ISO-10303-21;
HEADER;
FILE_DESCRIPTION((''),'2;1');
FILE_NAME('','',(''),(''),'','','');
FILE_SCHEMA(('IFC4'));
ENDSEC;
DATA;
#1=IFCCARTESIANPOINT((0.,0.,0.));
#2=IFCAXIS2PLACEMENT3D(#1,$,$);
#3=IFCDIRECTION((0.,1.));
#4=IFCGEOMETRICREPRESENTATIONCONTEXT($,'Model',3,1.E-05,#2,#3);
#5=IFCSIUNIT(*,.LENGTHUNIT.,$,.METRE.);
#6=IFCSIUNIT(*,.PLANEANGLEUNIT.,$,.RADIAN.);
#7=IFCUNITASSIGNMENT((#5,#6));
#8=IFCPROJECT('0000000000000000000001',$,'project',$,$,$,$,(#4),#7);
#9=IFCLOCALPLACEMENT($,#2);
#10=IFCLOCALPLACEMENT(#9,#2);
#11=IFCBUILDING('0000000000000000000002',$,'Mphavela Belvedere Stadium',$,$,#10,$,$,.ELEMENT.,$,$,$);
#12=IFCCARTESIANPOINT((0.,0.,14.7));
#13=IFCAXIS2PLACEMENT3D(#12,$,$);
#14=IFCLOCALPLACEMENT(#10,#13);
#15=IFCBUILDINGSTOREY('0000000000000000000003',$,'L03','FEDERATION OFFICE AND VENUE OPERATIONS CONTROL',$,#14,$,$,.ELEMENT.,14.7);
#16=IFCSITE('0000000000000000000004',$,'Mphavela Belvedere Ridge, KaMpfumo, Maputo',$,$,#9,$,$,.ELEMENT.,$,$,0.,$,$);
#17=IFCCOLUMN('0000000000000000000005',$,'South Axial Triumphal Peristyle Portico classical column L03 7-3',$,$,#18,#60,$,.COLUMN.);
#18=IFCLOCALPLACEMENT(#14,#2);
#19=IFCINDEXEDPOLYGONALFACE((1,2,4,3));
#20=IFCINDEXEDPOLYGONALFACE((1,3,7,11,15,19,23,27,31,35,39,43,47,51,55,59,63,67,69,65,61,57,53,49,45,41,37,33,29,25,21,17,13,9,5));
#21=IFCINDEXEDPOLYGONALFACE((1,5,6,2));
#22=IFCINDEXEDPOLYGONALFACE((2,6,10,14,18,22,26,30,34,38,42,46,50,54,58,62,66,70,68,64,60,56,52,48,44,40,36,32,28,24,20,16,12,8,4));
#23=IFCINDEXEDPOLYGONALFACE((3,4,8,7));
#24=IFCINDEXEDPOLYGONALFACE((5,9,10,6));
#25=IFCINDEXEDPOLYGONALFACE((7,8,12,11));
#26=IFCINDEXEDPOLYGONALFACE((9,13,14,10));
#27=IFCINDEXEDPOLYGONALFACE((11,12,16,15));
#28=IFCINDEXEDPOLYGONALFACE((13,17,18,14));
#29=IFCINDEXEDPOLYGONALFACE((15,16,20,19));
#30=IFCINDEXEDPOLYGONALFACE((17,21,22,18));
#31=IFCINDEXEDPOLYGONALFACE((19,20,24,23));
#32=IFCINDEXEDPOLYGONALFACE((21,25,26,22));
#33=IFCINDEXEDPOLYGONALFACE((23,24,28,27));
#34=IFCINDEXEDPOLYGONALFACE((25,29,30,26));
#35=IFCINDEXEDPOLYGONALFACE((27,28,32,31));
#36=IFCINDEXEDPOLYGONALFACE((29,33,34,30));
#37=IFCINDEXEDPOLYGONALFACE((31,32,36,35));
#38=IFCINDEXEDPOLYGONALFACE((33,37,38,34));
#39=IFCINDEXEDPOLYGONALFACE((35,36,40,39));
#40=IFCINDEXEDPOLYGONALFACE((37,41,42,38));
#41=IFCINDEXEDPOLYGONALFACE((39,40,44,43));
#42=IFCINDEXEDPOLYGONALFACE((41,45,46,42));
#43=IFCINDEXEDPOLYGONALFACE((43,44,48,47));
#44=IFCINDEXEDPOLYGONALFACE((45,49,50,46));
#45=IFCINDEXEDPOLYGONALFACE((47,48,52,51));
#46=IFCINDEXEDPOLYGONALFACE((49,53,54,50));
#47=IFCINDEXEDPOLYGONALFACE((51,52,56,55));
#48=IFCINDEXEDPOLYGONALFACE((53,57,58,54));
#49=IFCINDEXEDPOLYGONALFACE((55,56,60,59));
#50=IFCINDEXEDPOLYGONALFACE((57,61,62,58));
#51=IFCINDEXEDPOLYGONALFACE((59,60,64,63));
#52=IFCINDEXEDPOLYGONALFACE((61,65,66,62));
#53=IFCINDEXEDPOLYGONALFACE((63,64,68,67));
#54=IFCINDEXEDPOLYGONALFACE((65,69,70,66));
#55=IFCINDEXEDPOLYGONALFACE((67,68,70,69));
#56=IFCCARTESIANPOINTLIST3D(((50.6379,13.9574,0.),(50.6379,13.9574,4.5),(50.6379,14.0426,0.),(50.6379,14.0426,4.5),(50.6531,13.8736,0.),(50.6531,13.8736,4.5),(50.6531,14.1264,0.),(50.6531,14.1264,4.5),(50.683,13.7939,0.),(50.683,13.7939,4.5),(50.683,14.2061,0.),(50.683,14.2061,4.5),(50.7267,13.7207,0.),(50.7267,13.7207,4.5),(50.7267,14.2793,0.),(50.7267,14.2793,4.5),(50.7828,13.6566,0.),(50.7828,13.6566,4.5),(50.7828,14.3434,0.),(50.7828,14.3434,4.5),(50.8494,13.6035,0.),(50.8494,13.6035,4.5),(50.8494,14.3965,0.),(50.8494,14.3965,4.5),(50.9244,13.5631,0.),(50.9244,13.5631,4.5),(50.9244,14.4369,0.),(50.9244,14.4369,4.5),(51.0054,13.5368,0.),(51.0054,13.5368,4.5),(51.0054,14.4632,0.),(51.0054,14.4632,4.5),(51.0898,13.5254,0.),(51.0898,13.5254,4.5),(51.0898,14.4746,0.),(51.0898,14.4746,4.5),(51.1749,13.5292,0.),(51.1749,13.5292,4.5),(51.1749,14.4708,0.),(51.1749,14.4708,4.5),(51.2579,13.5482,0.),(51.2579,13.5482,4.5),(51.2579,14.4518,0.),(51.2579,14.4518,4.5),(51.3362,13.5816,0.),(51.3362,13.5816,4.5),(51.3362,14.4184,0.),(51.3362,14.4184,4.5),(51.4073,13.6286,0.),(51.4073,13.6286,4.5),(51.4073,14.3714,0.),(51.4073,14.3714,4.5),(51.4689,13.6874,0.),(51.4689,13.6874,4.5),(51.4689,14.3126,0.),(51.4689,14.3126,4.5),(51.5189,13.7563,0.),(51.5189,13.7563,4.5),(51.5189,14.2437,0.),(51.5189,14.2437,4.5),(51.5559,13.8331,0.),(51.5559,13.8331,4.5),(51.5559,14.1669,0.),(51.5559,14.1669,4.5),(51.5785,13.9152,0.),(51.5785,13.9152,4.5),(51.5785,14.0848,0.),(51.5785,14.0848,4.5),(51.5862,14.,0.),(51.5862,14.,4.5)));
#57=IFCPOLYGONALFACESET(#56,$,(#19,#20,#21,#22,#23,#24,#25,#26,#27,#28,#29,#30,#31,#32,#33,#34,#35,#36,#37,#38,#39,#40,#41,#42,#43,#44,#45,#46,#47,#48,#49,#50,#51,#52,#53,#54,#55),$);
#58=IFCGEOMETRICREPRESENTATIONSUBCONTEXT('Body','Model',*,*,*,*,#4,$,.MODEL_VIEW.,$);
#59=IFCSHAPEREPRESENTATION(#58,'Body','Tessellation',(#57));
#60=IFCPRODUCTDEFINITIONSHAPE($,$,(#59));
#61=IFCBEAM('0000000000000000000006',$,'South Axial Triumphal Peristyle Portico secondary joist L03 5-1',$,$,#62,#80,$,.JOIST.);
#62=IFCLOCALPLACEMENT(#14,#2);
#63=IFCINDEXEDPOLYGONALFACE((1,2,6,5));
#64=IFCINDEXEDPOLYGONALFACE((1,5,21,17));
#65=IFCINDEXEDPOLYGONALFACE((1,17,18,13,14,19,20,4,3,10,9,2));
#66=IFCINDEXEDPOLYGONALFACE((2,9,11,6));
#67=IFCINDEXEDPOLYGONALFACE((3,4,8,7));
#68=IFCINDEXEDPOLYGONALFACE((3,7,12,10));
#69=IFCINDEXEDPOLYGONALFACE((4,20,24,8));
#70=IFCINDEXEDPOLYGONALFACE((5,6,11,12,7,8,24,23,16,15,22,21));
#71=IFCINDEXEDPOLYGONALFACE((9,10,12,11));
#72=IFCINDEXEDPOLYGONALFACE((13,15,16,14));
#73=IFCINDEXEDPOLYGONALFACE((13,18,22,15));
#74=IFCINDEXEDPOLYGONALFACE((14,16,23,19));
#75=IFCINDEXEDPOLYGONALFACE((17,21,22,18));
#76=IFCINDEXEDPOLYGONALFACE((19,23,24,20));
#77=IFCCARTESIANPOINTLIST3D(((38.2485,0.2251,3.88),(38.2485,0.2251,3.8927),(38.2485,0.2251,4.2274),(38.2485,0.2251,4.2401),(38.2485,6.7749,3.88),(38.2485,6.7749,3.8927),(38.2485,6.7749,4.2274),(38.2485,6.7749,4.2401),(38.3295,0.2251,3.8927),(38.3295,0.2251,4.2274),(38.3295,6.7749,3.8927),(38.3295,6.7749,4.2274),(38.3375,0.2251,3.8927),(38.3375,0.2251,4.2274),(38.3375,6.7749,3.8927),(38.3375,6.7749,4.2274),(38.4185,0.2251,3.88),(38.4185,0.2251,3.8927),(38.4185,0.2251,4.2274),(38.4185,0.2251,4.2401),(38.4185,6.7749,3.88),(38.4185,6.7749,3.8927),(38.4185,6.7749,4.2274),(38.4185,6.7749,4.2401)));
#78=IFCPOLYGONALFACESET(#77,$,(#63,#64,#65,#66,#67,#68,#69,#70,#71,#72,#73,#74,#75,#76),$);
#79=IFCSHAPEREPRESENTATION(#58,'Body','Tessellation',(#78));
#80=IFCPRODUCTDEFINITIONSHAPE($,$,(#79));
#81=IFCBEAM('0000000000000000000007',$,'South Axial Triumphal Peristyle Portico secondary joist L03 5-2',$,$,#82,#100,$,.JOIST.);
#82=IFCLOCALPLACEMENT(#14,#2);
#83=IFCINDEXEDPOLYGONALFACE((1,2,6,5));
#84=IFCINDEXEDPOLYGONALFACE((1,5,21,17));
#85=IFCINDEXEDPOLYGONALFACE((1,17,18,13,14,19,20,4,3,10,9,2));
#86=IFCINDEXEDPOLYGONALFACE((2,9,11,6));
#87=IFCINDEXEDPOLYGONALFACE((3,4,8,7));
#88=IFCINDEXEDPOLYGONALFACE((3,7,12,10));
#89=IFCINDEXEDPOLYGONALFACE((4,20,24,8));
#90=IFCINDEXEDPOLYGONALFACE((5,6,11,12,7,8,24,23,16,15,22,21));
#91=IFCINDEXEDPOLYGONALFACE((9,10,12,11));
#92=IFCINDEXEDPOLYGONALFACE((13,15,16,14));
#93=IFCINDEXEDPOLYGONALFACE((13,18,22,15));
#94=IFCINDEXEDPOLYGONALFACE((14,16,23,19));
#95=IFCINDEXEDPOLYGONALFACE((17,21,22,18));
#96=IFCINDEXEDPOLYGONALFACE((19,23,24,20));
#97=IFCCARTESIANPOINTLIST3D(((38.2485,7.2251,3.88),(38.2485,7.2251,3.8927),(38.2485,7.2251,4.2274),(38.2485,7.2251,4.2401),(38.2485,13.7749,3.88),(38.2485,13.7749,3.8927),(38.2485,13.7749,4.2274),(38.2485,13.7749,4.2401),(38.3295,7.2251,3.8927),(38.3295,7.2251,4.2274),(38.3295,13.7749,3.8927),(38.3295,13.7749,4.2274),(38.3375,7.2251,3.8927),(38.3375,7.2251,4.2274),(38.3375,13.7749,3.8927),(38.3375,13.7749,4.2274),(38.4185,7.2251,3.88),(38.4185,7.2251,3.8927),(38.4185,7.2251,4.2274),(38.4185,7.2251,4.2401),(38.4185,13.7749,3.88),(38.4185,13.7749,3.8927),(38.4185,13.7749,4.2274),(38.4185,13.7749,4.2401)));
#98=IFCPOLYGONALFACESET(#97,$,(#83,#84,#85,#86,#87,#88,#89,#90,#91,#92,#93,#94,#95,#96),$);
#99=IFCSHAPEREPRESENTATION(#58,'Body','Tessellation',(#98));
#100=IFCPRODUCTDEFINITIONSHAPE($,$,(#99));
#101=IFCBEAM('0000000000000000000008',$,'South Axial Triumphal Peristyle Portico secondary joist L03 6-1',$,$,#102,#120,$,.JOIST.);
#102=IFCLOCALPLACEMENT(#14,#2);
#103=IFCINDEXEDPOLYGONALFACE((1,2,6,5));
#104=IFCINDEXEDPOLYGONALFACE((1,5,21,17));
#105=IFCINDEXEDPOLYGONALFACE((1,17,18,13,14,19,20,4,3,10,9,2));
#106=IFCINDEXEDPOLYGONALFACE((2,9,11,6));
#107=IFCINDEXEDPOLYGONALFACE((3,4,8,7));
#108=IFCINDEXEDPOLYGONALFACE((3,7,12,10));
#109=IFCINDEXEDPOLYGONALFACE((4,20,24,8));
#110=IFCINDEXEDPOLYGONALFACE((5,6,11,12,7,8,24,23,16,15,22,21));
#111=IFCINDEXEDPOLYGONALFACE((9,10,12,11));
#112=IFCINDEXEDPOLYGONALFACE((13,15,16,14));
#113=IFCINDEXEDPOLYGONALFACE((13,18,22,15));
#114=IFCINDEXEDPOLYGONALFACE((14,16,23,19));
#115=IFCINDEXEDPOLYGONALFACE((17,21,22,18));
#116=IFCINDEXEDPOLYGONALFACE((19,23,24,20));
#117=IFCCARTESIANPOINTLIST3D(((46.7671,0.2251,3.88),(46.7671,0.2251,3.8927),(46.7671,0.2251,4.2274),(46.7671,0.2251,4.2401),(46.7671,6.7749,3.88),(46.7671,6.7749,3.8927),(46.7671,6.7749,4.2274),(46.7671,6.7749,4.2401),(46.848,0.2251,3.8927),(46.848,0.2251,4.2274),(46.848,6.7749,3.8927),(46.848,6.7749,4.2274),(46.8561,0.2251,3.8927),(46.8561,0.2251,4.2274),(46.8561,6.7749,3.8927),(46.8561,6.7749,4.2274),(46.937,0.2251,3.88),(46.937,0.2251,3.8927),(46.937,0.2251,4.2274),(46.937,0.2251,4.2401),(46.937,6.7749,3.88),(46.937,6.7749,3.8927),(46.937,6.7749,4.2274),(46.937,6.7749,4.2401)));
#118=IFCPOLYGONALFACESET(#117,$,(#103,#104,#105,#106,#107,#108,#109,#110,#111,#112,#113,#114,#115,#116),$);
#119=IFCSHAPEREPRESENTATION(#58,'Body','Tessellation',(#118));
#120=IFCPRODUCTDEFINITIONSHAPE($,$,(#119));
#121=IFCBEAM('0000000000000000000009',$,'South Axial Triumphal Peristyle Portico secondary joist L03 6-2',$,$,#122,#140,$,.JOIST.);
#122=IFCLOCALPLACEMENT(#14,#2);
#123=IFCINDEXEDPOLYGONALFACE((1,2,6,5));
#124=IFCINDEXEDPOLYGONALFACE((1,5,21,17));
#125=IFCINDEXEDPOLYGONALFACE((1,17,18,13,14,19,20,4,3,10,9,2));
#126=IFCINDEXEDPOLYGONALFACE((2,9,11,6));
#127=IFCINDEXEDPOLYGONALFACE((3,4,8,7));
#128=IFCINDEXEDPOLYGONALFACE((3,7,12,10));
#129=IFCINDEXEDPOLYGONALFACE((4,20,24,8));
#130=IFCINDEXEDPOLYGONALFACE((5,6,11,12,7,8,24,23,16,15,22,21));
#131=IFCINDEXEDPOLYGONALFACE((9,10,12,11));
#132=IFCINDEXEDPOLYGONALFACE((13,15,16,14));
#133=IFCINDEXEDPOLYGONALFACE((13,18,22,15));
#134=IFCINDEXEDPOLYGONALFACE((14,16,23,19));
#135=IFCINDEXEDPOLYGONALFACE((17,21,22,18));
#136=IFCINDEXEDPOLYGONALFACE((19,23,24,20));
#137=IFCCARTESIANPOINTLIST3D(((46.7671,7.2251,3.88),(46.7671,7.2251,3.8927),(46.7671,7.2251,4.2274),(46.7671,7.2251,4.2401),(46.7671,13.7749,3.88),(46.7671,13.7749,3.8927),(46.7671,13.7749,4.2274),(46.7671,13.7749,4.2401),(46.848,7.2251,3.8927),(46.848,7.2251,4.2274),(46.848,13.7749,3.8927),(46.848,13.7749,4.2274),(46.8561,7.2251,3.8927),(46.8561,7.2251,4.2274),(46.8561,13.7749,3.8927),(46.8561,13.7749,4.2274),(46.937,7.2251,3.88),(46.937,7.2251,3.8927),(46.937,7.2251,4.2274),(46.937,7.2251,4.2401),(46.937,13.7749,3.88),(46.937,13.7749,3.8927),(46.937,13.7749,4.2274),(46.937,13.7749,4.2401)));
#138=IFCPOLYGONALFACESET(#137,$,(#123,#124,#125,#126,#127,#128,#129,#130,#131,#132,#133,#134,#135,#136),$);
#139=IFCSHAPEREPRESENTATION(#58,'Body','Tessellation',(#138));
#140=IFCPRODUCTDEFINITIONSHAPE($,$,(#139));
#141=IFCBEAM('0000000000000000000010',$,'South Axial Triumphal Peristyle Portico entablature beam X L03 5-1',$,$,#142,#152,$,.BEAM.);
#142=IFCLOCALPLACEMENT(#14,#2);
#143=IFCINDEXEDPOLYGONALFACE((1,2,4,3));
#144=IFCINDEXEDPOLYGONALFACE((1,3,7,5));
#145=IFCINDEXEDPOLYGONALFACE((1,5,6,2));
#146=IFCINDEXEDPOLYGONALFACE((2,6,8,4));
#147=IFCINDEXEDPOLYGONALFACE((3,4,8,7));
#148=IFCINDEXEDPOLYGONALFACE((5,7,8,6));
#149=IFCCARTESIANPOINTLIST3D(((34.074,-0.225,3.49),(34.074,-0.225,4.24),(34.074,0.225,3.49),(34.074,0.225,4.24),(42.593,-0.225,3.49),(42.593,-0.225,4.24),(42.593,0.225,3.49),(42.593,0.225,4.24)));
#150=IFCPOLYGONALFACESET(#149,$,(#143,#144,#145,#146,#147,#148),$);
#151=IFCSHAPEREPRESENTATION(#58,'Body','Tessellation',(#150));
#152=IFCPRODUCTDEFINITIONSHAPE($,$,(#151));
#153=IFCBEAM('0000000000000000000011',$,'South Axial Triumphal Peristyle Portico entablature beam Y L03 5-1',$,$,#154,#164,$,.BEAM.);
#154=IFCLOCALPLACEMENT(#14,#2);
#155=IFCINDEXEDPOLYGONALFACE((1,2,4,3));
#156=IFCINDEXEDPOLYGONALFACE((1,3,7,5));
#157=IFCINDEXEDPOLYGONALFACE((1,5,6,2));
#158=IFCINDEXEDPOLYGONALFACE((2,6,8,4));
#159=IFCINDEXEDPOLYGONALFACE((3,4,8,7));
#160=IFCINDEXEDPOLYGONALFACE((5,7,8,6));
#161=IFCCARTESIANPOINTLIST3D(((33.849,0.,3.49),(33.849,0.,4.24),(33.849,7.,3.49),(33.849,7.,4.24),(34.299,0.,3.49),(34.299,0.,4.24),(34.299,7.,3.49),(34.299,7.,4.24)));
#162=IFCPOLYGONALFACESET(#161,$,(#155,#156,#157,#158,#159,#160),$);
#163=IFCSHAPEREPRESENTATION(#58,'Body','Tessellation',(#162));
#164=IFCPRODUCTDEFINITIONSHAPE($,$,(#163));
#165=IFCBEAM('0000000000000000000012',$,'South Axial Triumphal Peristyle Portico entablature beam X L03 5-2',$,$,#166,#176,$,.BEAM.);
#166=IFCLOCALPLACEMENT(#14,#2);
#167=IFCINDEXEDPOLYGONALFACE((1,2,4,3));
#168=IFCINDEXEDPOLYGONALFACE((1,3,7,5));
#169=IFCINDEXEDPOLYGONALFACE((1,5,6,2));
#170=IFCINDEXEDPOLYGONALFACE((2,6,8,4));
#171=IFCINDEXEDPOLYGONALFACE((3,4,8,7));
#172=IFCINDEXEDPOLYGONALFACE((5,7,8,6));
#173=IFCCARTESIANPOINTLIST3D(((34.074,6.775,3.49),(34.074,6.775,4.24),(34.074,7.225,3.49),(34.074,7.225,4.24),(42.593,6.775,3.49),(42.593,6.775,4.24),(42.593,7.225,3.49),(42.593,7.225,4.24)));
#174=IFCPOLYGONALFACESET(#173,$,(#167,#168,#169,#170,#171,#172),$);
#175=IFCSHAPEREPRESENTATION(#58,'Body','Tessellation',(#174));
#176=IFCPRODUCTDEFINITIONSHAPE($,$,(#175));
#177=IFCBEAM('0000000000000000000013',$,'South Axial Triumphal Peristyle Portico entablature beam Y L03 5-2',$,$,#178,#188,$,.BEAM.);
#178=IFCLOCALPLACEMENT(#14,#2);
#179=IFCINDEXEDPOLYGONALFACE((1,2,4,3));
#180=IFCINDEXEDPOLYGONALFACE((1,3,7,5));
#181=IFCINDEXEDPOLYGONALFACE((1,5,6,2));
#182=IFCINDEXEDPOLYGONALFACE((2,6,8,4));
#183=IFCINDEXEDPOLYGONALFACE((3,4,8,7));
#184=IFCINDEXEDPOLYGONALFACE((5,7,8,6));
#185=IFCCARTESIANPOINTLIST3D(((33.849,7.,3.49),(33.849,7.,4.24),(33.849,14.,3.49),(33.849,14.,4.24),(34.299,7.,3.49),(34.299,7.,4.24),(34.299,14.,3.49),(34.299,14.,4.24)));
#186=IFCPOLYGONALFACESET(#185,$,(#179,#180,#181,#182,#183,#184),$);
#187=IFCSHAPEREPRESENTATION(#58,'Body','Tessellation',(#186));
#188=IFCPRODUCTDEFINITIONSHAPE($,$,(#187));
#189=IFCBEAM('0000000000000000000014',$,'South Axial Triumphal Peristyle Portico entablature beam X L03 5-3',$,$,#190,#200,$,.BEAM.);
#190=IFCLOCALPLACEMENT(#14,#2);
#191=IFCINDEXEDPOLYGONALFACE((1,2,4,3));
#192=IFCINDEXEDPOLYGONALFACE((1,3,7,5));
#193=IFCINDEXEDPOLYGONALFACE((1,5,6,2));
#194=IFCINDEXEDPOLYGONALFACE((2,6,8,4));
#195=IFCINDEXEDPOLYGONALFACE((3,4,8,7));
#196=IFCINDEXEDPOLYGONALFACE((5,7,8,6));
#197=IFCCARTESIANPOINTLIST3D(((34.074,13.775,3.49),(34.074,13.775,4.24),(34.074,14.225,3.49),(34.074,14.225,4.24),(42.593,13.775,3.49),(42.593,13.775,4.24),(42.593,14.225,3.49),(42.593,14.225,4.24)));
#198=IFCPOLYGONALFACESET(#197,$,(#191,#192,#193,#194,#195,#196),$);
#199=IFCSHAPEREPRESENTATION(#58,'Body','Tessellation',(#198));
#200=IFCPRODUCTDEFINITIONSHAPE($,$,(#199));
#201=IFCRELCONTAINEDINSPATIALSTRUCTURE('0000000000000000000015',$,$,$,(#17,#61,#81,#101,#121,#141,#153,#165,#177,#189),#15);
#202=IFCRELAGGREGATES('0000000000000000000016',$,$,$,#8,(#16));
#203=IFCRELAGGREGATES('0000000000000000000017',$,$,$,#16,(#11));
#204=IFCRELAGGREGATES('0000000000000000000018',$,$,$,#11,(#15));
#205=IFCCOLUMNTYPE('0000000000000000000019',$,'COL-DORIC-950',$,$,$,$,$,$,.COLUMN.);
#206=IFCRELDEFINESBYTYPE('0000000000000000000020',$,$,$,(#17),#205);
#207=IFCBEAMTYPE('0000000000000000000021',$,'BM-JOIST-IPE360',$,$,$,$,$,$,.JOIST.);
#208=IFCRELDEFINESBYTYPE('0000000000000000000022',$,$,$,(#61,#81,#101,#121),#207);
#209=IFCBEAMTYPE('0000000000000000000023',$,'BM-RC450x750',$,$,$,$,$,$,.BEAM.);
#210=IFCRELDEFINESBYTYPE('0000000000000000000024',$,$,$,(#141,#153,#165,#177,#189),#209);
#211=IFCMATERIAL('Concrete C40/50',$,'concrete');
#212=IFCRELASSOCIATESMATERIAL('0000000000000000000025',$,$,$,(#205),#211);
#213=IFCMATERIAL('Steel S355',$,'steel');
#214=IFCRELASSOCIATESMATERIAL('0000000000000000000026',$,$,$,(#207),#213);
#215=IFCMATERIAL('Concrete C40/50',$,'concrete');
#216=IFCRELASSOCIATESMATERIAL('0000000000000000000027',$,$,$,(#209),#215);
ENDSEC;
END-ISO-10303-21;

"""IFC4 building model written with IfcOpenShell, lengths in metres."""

from ifc_helpers import new_model, si_unit, direction, frame, origin, origin_2d, place, context, subcontext, project, spatial, rectangle, circle, i_section, extrude, material, material_profile, profile_set, type_object, element, save


model = new_model("IFC4")

# Units and contexts
model_context = context("Model", 3, precision=1e-05, world=origin(), true_north=direction((0.0, 1.0)))
body_context = subcontext(model_context, "Body", "Model", "MODEL_VIEW")
ifc_project = project(units=[si_unit("LENGTHUNIT", "METRE"), si_unit("PLANEANGLEUNIT", "RADIAN")], contexts=[model_context])

# Site, building, storey
site_placement = place(None, origin())
site = spatial("IfcSite", under=ifc_project, at=site_placement, Name="Mphavela Belvedere Ridge, KaMpfumo, Maputo", CompositionType="ELEMENT", RefElevation=0.0)
building_placement = place(site_placement, origin())
building = spatial("IfcBuilding", under=site, at=building_placement, Name="Mphavela Belvedere Stadium", CompositionType="ELEMENT")
storey_placement = place(building_placement, frame((0.0, 0.0, 14.7)))
storey = spatial("IfcBuildingStorey", under=building, at=storey_placement, Name="L03", Description="FEDERATION OFFICE AND VENUE OPERATIONS CONTROL", CompositionType="ELEMENT", Elevation=14.7)

# Column
ifc_material_1 = material(Name="Concrete C40/50", Category="concrete")
ifc_material_profile_1 = material_profile(ifc_material_1, circle(Radius=0.4751, at=origin_2d()), Name="COL D950")
ifc_profile_set_1 = profile_set([ifc_material_profile_1], Name="Concrete C40/50")
column_type = type_object("IfcColumnType", Name="COL-DORIC-950", PredefinedType="COLUMN", material=ifc_profile_set_1)
for number, where, z_axis, x_axis, name in (
    (1, (51.1111, 14.0, 0.0), (0.0, 0.0, 1.0), (1.0, 0.0, 0.0), "South Axial Triumphal Peristyle Portico classical column L03 7-3"),
):
    element("IfcColumn", number, at=place(storey_placement, frame(where, z_axis=z_axis, x_axis=x_axis)), inside=storey, type_object=column_type, Name=name, PredefinedType="COLUMN", context=body_context, shape_type="SweptSolid", body=[
        extrude(circle(Radius=0.4751, at=origin_2d()), origin(), (0.0, 0.0, 1.0), 4.5),
    ])

# Beams
ifc_material_2 = material(Name="Steel S355", Category="steel")
ifc_material_profile_2 = material_profile(ifc_material_2, i_section(OverallWidth=0.1699, OverallDepth=0.3601, WebThickness=0.0081, FlangeThickness=0.0127, at=origin_2d()), Name="IPE 360")
ifc_profile_set_2 = profile_set([ifc_material_profile_2], Name="Steel S355")
beam_type_1 = type_object("IfcBeamType", Name="BM-JOIST-IPE360", PredefinedType="JOIST", material=ifc_profile_set_2)
for number, where, z_axis, x_axis, name in (
    (2, (38.3335, 0.2251, 4.0601), (0.0, 1.0, 0.0), (-1.0, 0.0, 0.0), "South Axial Triumphal Peristyle Portico secondary joist L03 5-1"),
    (3, (38.3335, 7.2251, 4.0601), (0.0, 1.0, 0.0), (-1.0, 0.0, 0.0), "South Axial Triumphal Peristyle Portico secondary joist L03 5-2"),
    (4, (46.8521, 0.2251, 4.0601), (0.0, 1.0, 0.0), (-1.0, 0.0, 0.0), "South Axial Triumphal Peristyle Portico secondary joist L03 6-1"),
    (5, (46.8521, 7.2251, 4.0601), (0.0, 1.0, 0.0), (-1.0, 0.0, 0.0), "South Axial Triumphal Peristyle Portico secondary joist L03 6-2"),
):
    element("IfcBeam", number, at=place(storey_placement, frame(where, z_axis=z_axis, x_axis=x_axis)), inside=storey, type_object=beam_type_1, Name=name, PredefinedType="JOIST", context=body_context, shape_type="SweptSolid", body=[
        extrude(i_section(OverallWidth=0.1699, OverallDepth=0.3601, WebThickness=0.0081, FlangeThickness=0.0127, at=origin_2d()), origin(), (0.0, 0.0, 1.0), 6.5498),
    ])
ifc_material_3 = material(Name="Concrete C40/50", Category="concrete")
ifc_material_profile_3 = material_profile(ifc_material_3, rectangle(XDim=0.45, YDim=0.75, at=origin_2d()), Name="RC 450x750")
ifc_profile_set_3 = profile_set([ifc_material_profile_3], Name="Concrete C40/50")
beam_type_2 = type_object("IfcBeamType", Name="BM-RC450x750", PredefinedType="BEAM", material=ifc_profile_set_3)
beam_1_placement = place(storey_placement, frame((34.074, 0.0, 3.865), z_axis=(1.0, 0.0, 0.0), x_axis=(0.0, 1.0, 0.0)))
element("IfcBeam", 6, at=beam_1_placement, inside=storey, type_object=beam_type_2, Name="South Axial Triumphal Peristyle Portico entablature beam X L03 5-1", PredefinedType="BEAM", context=body_context, shape_type="SweptSolid", body=[
    extrude(rectangle(XDim=0.45, YDim=0.75, at=origin_2d()), origin(), (0.0, 0.0, 1.0), 8.519),
])
beam_2_placement = place(storey_placement, frame((34.074, 0.0, 3.865), z_axis=(0.0, 1.0, 0.0), x_axis=(-1.0, 0.0, 0.0)))
element("IfcBeam", 7, at=beam_2_placement, inside=storey, type_object=beam_type_2, Name="South Axial Triumphal Peristyle Portico entablature beam Y L03 5-1", PredefinedType="BEAM", context=body_context, shape_type="SweptSolid", body=[
    extrude(rectangle(XDim=0.45, YDim=0.75, at=origin_2d()), origin(), (0.0, 0.0, 1.0), 7.0),
])
beam_3_placement = place(storey_placement, frame((34.074, 7.0, 3.865), z_axis=(1.0, 0.0, 0.0), x_axis=(0.0, 1.0, 0.0)))
element("IfcBeam", 8, at=beam_3_placement, inside=storey, type_object=beam_type_2, Name="South Axial Triumphal Peristyle Portico entablature beam X L03 5-2", PredefinedType="BEAM", context=body_context, shape_type="SweptSolid", body=[
    extrude(rectangle(XDim=0.45, YDim=0.75, at=origin_2d()), origin(), (0.0, 0.0, 1.0), 8.519),
])
beam_4_placement = place(storey_placement, frame((34.074, 7.0, 3.865), z_axis=(0.0, 1.0, 0.0), x_axis=(-1.0, 0.0, 0.0)))
element("IfcBeam", 9, at=beam_4_placement, inside=storey, type_object=beam_type_2, Name="South Axial Triumphal Peristyle Portico entablature beam Y L03 5-2", PredefinedType="BEAM", context=body_context, shape_type="SweptSolid", body=[
    extrude(rectangle(XDim=0.45, YDim=0.75, at=origin_2d()), origin(), (0.0, 0.0, 1.0), 7.0),
])
beam_5_placement = place(storey_placement, frame((34.074, 14.0, 3.865), z_axis=(1.0, 0.0, 0.0), x_axis=(0.0, 1.0, 0.0)))
element("IfcBeam", 10, at=beam_5_placement, inside=storey, type_object=beam_type_2, Name="South Axial Triumphal Peristyle Portico entablature beam X L03 5-3", PredefinedType="BEAM", context=body_context, shape_type="SweptSolid", body=[
    extrude(rectangle(XDim=0.45, YDim=0.75, at=origin_2d()), origin(), (0.0, 0.0, 1.0), 8.519),
])

save(model, "model.ifc")
